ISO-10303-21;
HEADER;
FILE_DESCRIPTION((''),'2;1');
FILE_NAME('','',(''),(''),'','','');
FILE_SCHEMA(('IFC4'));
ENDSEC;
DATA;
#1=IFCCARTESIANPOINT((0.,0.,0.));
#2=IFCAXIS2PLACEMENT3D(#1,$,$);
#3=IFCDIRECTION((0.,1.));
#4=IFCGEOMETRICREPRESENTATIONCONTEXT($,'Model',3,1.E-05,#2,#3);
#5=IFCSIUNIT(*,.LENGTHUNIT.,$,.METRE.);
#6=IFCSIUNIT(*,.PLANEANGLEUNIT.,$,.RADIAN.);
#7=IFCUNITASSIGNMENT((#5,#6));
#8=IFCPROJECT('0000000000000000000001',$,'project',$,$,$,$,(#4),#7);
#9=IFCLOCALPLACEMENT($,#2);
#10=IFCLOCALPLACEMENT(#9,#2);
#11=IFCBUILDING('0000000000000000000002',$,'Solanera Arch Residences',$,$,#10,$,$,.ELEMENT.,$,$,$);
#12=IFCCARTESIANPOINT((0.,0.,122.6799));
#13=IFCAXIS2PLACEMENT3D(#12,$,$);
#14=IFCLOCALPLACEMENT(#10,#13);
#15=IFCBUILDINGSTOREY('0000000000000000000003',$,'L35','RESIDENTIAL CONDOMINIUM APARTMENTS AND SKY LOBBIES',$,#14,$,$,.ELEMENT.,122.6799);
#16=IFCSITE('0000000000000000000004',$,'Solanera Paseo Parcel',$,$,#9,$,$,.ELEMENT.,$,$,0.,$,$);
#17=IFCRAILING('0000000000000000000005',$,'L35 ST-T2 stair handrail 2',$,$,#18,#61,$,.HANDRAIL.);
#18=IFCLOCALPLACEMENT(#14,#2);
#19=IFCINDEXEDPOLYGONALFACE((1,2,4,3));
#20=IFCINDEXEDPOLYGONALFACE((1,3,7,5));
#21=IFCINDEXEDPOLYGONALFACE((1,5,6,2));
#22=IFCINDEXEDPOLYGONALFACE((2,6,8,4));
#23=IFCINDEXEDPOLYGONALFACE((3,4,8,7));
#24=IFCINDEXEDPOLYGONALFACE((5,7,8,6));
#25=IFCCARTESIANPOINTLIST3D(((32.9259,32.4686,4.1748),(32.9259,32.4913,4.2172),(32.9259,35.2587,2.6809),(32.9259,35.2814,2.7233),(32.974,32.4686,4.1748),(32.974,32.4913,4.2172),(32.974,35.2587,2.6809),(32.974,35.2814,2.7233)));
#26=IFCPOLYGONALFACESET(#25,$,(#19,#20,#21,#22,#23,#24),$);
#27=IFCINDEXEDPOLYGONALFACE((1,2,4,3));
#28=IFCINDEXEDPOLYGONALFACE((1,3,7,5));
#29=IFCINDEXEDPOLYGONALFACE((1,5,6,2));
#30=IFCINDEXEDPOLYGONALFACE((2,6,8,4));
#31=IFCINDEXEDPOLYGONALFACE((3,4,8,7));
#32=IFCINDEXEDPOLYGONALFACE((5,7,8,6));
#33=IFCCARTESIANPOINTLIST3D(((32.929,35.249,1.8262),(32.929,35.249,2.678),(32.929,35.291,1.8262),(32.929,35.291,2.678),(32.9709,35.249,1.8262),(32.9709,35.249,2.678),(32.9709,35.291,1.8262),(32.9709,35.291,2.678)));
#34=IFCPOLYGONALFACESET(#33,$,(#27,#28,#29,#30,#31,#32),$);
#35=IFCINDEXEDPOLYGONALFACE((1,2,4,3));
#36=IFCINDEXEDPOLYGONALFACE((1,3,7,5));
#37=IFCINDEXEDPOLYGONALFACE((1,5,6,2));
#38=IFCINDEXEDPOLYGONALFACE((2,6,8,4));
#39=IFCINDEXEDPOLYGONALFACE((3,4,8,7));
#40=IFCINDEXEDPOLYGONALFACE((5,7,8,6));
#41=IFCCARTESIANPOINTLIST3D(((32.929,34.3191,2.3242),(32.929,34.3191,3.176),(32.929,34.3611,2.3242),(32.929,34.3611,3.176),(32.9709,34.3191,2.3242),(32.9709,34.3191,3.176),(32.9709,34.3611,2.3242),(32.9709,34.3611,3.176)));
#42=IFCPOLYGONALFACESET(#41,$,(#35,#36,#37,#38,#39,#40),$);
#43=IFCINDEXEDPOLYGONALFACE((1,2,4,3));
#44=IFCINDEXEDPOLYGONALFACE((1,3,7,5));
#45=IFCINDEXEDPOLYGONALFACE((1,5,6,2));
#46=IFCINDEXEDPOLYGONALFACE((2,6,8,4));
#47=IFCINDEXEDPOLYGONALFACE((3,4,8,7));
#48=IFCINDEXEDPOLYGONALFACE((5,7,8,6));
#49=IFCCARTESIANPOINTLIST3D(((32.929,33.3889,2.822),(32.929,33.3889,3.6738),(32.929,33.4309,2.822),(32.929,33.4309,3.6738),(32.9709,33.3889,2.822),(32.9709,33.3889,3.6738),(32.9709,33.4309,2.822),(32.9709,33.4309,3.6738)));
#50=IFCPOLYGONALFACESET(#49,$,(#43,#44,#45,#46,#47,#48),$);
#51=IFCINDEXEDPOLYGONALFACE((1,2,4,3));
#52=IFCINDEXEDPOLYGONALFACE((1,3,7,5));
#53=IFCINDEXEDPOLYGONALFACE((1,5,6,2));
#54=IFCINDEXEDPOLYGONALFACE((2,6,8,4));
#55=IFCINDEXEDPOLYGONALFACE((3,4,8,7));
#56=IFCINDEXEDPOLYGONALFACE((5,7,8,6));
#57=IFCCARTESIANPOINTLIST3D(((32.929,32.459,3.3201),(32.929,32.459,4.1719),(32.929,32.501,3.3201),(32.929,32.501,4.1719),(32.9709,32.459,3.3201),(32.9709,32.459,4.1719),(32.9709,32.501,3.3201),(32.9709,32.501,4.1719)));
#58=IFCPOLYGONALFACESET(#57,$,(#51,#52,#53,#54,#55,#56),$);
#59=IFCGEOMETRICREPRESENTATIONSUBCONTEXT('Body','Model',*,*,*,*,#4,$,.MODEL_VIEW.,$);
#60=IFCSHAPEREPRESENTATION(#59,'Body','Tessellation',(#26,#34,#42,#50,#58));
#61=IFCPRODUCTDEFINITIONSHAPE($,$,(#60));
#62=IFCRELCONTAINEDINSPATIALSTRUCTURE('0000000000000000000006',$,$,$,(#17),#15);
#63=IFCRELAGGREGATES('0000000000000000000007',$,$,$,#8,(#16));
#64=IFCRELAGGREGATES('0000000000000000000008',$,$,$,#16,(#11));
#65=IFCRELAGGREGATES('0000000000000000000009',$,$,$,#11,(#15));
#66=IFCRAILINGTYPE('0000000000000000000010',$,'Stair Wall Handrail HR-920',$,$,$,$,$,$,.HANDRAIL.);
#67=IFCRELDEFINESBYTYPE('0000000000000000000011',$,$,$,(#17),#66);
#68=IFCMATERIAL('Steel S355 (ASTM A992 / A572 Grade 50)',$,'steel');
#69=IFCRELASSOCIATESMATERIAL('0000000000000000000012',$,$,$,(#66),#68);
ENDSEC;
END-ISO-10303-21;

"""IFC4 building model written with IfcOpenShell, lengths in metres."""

from ifc_helpers import new_model, si_unit, direction, frame, origin, origin_2d, place, context, subcontext, project, spatial, rectangle, extrude, material, type_object, element, save


model = new_model("IFC4")

# Units and contexts
model_context = context("Model", 3, precision=1e-05, world=origin(), true_north=direction((0.0, 1.0)))
body_context = subcontext(model_context, "Body", "Model", "MODEL_VIEW")
ifc_project = project(units=[si_unit("LENGTHUNIT", "METRE"), si_unit("PLANEANGLEUNIT", "RADIAN")], contexts=[model_context])

# Site, building, storey
site_placement = place(None, origin())
site = spatial("IfcSite", under=ifc_project, at=site_placement, Name="Solanera Paseo Parcel", CompositionType="ELEMENT", RefElevation=0.0)
building_placement = place(site_placement, origin())
building = spatial("IfcBuilding", under=site, at=building_placement, Name="Solanera Arch Residences", CompositionType="ELEMENT")
storey_placement = place(building_placement, frame((0.0, 0.0, 122.6799)))
storey = spatial("IfcBuildingStorey", under=building, at=storey_placement, Name="L35", Description="RESIDENTIAL CONDOMINIUM APARTMENTS AND SKY LOBBIES", CompositionType="ELEMENT", Elevation=122.6799)

# Railing
ifc_material_1 = material(Name="Steel S355 (ASTM A992 / A572 Grade 50)", Category="steel")
railing_type_1 = type_object("IfcRailingType", Name="Stair Wall Handrail HR-920", PredefinedType="HANDRAIL", material=ifc_material_1)
railing_1_placement = place(storey_placement, frame((32.95, 35.27, 1.8262)))
element("IfcRailing", 1, at=railing_1_placement, inside=storey, type_object=railing_type_1, Name="L35 ST-T2 stair handrail 2", PredefinedType="HANDRAIL", context=body_context, shape_type="SweptSolid", body=[
    extrude(rectangle(XDim=0.0481, YDim=0.0481, at=origin_2d()), frame((0.0, 0.0, 0.876), z_axis=(0.0, -0.881581, 0.472033), x_axis=(1.0, 0.0, 0.0)), (0.0, 0.0, 1.0), 3.1648),
    extrude(rectangle(XDim=0.042, YDim=0.042, at=origin_2d()), origin(), (0.0, 0.0, 1.0), 0.8518),
    extrude(rectangle(XDim=0.042, YDim=0.042, at=origin_2d()), frame((0.0, -0.9299, 0.498)), (0.0, 0.0, 1.0), 0.8518),
    extrude(rectangle(XDim=0.042, YDim=0.042, at=origin_2d()), frame((0.0, -1.8601, 0.9958)), (0.0, 0.0, 1.0), 0.8518),
    extrude(rectangle(XDim=0.042, YDim=0.042, at=origin_2d()), frame((0.0, -2.79, 1.4939)), (0.0, 0.0, 1.0), 0.8518),
])

save(model, "model.ifc")
